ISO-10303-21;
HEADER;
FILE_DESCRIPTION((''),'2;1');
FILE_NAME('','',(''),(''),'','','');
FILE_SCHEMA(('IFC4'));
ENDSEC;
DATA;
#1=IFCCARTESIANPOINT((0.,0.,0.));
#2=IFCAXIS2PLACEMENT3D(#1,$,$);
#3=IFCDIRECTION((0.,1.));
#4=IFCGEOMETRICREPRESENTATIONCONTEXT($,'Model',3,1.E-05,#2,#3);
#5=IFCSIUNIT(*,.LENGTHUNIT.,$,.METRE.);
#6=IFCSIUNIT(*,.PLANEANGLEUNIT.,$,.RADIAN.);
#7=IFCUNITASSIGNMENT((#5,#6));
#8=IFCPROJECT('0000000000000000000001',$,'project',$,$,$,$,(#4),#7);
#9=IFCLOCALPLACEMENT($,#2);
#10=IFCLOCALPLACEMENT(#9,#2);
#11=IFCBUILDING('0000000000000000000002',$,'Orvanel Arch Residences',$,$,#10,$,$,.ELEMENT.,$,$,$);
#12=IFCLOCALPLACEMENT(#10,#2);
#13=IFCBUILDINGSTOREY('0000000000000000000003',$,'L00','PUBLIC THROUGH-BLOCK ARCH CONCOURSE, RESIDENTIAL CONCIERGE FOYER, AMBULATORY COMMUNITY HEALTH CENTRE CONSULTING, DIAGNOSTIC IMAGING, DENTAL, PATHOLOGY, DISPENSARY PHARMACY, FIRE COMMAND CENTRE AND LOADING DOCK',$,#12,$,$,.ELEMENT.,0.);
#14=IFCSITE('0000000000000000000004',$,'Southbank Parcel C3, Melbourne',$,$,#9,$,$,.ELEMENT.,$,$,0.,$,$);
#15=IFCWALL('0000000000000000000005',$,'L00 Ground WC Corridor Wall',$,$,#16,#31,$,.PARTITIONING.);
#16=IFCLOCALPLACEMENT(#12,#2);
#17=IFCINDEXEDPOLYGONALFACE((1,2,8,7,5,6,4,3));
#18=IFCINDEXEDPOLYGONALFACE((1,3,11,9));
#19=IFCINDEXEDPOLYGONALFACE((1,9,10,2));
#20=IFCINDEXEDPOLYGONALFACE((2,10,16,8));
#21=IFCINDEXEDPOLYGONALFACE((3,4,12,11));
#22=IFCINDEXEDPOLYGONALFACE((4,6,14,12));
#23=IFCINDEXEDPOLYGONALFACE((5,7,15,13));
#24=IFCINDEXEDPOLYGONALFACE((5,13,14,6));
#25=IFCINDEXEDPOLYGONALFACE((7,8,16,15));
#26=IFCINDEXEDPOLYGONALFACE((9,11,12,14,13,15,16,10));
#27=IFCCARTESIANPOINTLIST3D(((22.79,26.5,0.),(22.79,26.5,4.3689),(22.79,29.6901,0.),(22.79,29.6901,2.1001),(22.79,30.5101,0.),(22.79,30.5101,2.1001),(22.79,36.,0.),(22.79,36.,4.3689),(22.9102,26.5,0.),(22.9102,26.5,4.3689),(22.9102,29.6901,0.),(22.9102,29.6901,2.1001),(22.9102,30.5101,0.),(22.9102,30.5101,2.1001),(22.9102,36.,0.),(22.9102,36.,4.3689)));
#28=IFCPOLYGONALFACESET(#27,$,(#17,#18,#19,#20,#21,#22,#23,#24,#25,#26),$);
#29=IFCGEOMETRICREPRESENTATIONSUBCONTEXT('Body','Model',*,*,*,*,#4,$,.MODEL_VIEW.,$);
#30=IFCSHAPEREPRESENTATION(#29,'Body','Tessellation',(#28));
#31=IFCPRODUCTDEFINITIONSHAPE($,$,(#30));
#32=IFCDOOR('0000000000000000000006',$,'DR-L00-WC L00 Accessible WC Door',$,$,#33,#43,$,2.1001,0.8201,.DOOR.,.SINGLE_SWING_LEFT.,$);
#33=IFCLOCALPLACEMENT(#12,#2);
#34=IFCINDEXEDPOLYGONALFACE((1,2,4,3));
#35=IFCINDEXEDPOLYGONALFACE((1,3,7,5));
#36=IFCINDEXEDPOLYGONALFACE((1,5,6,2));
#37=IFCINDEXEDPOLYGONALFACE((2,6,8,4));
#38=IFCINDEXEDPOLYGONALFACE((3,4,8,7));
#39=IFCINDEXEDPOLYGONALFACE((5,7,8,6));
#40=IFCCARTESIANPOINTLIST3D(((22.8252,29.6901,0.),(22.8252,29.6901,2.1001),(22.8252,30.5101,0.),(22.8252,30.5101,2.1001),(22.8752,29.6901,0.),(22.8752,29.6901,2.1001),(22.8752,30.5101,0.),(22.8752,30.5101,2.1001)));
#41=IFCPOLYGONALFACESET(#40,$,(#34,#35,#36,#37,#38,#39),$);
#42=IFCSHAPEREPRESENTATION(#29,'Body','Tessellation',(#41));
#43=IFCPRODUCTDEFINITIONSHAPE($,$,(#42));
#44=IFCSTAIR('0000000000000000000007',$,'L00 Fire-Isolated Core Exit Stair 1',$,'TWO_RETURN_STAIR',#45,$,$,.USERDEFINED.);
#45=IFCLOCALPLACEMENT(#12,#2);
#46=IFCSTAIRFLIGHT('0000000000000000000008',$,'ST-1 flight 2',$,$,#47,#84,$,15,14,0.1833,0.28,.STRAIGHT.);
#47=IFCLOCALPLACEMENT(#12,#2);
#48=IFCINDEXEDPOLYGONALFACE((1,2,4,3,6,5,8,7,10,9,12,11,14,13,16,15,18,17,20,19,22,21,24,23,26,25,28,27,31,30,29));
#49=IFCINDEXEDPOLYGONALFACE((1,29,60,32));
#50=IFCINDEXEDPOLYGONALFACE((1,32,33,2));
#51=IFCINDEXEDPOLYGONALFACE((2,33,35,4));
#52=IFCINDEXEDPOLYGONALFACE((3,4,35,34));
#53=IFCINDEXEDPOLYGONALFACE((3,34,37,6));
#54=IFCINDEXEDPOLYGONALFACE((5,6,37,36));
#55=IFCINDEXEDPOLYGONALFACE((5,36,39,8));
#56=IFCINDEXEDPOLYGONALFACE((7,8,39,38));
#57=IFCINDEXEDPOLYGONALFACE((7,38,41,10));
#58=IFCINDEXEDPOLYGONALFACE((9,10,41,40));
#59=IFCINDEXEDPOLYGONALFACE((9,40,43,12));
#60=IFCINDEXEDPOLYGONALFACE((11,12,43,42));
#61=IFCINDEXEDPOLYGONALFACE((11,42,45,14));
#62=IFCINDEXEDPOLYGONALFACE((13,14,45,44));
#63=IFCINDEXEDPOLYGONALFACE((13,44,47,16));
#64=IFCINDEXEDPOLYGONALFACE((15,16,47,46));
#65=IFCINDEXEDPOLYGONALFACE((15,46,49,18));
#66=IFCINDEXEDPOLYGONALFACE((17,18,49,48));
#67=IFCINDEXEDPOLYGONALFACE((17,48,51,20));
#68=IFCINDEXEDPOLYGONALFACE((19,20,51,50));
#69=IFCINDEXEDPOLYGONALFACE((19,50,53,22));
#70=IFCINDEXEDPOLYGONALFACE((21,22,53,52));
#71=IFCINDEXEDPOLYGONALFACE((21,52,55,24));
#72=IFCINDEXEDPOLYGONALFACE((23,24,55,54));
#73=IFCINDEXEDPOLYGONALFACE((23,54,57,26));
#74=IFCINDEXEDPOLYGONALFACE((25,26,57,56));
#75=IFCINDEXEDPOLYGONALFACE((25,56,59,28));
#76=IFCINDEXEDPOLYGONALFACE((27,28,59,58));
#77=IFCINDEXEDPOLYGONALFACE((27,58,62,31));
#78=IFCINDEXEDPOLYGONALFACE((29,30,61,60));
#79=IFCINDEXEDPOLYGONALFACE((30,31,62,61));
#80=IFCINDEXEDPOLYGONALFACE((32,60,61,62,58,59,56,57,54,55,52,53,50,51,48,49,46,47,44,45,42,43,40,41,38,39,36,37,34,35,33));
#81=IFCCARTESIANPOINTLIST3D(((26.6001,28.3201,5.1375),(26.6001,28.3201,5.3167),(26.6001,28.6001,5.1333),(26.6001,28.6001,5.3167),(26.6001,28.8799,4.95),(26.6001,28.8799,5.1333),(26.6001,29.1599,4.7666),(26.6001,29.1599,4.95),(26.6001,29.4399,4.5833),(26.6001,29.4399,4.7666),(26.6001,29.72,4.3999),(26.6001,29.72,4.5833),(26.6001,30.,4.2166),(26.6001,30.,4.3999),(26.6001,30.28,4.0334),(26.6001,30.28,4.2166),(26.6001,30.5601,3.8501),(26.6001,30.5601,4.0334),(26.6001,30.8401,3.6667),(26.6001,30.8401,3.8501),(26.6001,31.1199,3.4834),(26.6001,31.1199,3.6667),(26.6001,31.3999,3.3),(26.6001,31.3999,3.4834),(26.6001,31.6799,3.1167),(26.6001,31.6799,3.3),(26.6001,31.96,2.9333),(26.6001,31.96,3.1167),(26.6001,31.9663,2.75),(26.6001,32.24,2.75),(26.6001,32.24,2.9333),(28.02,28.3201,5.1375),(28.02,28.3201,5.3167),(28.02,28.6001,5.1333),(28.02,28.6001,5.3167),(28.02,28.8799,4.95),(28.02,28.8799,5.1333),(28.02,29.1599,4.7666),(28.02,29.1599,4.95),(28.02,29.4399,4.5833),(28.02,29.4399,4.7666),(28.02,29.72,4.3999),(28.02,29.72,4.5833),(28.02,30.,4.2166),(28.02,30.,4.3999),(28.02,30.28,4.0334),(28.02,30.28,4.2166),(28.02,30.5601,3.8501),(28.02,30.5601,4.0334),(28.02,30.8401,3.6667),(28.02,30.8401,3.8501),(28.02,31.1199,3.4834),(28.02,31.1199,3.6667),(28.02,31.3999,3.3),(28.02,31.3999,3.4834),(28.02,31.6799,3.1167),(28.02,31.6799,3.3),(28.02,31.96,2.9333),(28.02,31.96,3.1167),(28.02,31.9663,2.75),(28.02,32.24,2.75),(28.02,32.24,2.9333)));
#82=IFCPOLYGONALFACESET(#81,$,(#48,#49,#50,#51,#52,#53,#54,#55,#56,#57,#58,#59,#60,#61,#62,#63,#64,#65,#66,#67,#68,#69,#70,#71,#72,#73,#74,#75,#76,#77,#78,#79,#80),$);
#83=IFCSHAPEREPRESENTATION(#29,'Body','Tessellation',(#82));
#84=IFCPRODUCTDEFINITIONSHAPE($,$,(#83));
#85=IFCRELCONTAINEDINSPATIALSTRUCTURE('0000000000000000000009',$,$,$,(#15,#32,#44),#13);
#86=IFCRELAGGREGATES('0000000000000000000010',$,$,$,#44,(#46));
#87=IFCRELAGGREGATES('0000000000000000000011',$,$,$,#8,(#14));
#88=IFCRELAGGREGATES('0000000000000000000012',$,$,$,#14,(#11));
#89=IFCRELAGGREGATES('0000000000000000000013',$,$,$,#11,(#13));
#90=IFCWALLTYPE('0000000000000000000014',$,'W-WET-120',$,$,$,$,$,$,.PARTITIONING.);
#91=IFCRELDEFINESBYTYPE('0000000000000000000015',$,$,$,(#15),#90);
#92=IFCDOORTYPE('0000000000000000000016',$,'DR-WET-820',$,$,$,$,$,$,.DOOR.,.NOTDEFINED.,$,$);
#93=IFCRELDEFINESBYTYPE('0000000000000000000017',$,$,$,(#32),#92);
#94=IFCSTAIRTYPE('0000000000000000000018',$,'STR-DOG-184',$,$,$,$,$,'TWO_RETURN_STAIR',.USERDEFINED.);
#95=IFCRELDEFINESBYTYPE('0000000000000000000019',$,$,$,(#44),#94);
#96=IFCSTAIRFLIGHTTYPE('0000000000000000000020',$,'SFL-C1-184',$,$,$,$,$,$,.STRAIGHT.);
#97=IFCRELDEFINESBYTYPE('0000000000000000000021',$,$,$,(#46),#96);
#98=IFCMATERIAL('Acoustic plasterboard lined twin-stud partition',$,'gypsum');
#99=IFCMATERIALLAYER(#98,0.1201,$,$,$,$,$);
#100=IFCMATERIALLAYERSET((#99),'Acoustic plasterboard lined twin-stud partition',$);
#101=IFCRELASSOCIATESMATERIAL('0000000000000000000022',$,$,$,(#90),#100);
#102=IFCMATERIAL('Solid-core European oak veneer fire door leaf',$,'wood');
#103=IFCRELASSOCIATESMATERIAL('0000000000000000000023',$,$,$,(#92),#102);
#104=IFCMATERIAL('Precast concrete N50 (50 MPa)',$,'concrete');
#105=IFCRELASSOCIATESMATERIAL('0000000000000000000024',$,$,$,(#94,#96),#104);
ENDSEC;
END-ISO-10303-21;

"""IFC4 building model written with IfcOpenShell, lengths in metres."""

from ifc_helpers import new_model, si_unit, direction, frame, frame_2d, origin, place, context, subcontext, project, spatial, polyline, rectangle, outline, extrude, material, layer, layer_set, type_object, element, fill, aggregate, save


model = new_model("IFC4")

# Units and contexts
model_context = context("Model", 3, precision=1e-05, world=origin(), true_north=direction((0.0, 1.0)))
body_context = subcontext(model_context, "Body", "Model", "MODEL_VIEW")
ifc_project = project(units=[si_unit("LENGTHUNIT", "METRE"), si_unit("PLANEANGLEUNIT", "RADIAN")], contexts=[model_context])

# Site, building, storey
site_placement = place(None, origin())
site = spatial("IfcSite", under=ifc_project, at=site_placement, Name="Southbank Parcel C3, Melbourne", CompositionType="ELEMENT", RefElevation=0.0)
building_placement = place(site_placement, origin())
building = spatial("IfcBuilding", under=site, at=building_placement, Name="Orvanel Arch Residences", CompositionType="ELEMENT")
storey_placement = place(building_placement, origin())
storey = spatial("IfcBuildingStorey", under=building, at=storey_placement, Name="L00", Description="PUBLIC THROUGH-BLOCK ARCH CONCOURSE, RESIDENTIAL CONCIERGE FOYER, AMBULATORY COMMUNITY HEALTH CENTRE CONSULTING, DIAGNOSTIC IMAGING, DENTAL, PATHOLOGY, DISPENSARY PHARMACY, FIRE COMMAND CENTRE AND LOADING DOCK", CompositionType="ELEMENT", Elevation=0.0)

# Wall, opening, door
ifc_material_1 = material(Name="Acoustic plasterboard lined twin-stud partition", Category="gypsum")
ifc_layer_1 = layer(ifc_material_1, 0.1201)
ifc_layer_set_1 = layer_set([ifc_layer_1], Name="Acoustic plasterboard lined twin-stud partition")
wall_type_1 = type_object("IfcWallType", Name="W-WET-120", PredefinedType="PARTITIONING", material=ifc_layer_set_1)
wall_1_placement = place(storey_placement, frame((22.8501, 26.5, 0.0), z_axis=(0.0, 0.0, 1.0), x_axis=(0.0, 1.0, 0.0)))
wall_1 = element("IfcWall", 1, at=wall_1_placement, inside=storey, type_object=wall_type_1, Name="L00 Ground WC Corridor Wall", PredefinedType="PARTITIONING", context=body_context, shape_type="SweptSolid", body=[
    extrude(rectangle(XDim=9.5, YDim=0.1201, at=frame_2d((4.75, 0.0))), origin(), (0.0, 0.0, 1.0), 4.3689),
])
opening_1_placement = place(wall_1_placement, frame((3.1899, 0.0, 0.0)))
opening_1 = element("IfcOpeningElement", 2, at=opening_1_placement, cuts=wall_1, PredefinedType="OPENING", context=body_context, shape_type="SweptSolid", body=[
    extrude(rectangle(XDim=0.8201, YDim=2.1001, at=frame_2d((0.4102, 1.05))), frame((0.0, 0.0701, 0.0), z_axis=(0.0, -1.0, 0.0), x_axis=(1.0, 0.0, 0.0)), (0.0, 0.0, 1.0), 0.1401),
])
ifc_material_2 = material(Name="Solid-core European oak veneer fire door leaf", Category="wood")
door_type_1 = type_object("IfcDoorType", Name="DR-WET-820", OperationType="NOTDEFINED", PredefinedType="DOOR", material=ifc_material_2)
door_1_placement = place(opening_1_placement, origin())
door_1 = element("IfcDoor", 3, at=door_1_placement, inside=storey, type_object=door_type_1, Name="DR-L00-WC L00 Accessible WC Door", OperationType="SINGLE_SWING_LEFT", OverallHeight=2.1001, OverallWidth=0.8201, PredefinedType="DOOR", context=body_context, shape_type="SweptSolid", body=[
    extrude(rectangle(XDim=0.8201, YDim=2.1001, at=frame_2d((0.4102, 1.05))), frame((0.0, 0.0249, 0.0), z_axis=(0.0, -1.0, 0.0), x_axis=(1.0, 0.0, 0.0)), (0.0, 0.0, 1.0), 0.05),
])
fill(opening_1, door_1)

# Stair, stair flight
ifc_material_3 = material(Name="Precast concrete N50 (50 MPa)", Category="concrete")
stair_type = type_object("IfcStairType", Name="STR-DOG-184", ElementType="TWO_RETURN_STAIR", PredefinedType="USERDEFINED", material=ifc_material_3)
stair_placement = place(storey_placement, origin())
stair = element("IfcStair", 4, at=stair_placement, inside=storey, type_object=stair_type, Name="L00 Fire-Isolated Core Exit Stair 1", ObjectType="TWO_RETURN_STAIR", PredefinedType="USERDEFINED")
stair_flight_type = type_object("IfcStairFlightType", Name="SFL-C1-184", PredefinedType="STRAIGHT", material=ifc_material_3)
stair_flight_placement = place(storey_placement, frame((27.3101, 32.24, 2.75), z_axis=(0.0, 0.0, 1.0), x_axis=(0.0, -1.0, 0.0)))
stair_flight = element("IfcStairFlight", 5, at=stair_flight_placement, type_object=stair_flight_type, Name="ST-1 flight 2", NumberOfRisers=15, NumberOfTreads=14, PredefinedType="STRAIGHT", RiserHeight=0.1833, TreadLength=0.28, context=body_context, shape_type="SweptSolid", body=[
    extrude(outline(polyline([(0.0, 0.0), (0.0, 0.1833), (0.28, 0.1833), (0.28, 0.3667), (0.5601, 0.3667), (0.5601, 0.55), (0.8401, 0.55), (0.8401, 0.7334), (1.1201, 0.7334), (1.1201, 0.9167), (1.3999, 0.9167), (1.3999, 1.1001), (1.6799, 1.1001), (1.6799, 1.2834), (1.96, 1.2834), (1.96, 1.4666), (2.24, 1.4666), (2.24, 1.6499), (2.52, 1.6499), (2.52, 1.8333), (2.8, 1.8333), (2.8, 2.0166), (3.0801, 2.0166), (3.0801, 2.2), (3.3601, 2.2), (3.3601, 2.3833), (3.6399, 2.3833), (3.6399, 2.5667), (3.9199, 2.5667), (3.9199, 2.75), (3.9199, 2.3875), (0.2737, 0.0), (0.0, 0.0)])), frame((0.0, 0.71, 0.0), z_axis=(0.0, -1.0, 0.0), x_axis=(1.0, 0.0, 0.0)), (0.0, 0.0, 1.0), 1.4199),
])
aggregate(stair, [stair_flight])

save(model, "model.ifc")
